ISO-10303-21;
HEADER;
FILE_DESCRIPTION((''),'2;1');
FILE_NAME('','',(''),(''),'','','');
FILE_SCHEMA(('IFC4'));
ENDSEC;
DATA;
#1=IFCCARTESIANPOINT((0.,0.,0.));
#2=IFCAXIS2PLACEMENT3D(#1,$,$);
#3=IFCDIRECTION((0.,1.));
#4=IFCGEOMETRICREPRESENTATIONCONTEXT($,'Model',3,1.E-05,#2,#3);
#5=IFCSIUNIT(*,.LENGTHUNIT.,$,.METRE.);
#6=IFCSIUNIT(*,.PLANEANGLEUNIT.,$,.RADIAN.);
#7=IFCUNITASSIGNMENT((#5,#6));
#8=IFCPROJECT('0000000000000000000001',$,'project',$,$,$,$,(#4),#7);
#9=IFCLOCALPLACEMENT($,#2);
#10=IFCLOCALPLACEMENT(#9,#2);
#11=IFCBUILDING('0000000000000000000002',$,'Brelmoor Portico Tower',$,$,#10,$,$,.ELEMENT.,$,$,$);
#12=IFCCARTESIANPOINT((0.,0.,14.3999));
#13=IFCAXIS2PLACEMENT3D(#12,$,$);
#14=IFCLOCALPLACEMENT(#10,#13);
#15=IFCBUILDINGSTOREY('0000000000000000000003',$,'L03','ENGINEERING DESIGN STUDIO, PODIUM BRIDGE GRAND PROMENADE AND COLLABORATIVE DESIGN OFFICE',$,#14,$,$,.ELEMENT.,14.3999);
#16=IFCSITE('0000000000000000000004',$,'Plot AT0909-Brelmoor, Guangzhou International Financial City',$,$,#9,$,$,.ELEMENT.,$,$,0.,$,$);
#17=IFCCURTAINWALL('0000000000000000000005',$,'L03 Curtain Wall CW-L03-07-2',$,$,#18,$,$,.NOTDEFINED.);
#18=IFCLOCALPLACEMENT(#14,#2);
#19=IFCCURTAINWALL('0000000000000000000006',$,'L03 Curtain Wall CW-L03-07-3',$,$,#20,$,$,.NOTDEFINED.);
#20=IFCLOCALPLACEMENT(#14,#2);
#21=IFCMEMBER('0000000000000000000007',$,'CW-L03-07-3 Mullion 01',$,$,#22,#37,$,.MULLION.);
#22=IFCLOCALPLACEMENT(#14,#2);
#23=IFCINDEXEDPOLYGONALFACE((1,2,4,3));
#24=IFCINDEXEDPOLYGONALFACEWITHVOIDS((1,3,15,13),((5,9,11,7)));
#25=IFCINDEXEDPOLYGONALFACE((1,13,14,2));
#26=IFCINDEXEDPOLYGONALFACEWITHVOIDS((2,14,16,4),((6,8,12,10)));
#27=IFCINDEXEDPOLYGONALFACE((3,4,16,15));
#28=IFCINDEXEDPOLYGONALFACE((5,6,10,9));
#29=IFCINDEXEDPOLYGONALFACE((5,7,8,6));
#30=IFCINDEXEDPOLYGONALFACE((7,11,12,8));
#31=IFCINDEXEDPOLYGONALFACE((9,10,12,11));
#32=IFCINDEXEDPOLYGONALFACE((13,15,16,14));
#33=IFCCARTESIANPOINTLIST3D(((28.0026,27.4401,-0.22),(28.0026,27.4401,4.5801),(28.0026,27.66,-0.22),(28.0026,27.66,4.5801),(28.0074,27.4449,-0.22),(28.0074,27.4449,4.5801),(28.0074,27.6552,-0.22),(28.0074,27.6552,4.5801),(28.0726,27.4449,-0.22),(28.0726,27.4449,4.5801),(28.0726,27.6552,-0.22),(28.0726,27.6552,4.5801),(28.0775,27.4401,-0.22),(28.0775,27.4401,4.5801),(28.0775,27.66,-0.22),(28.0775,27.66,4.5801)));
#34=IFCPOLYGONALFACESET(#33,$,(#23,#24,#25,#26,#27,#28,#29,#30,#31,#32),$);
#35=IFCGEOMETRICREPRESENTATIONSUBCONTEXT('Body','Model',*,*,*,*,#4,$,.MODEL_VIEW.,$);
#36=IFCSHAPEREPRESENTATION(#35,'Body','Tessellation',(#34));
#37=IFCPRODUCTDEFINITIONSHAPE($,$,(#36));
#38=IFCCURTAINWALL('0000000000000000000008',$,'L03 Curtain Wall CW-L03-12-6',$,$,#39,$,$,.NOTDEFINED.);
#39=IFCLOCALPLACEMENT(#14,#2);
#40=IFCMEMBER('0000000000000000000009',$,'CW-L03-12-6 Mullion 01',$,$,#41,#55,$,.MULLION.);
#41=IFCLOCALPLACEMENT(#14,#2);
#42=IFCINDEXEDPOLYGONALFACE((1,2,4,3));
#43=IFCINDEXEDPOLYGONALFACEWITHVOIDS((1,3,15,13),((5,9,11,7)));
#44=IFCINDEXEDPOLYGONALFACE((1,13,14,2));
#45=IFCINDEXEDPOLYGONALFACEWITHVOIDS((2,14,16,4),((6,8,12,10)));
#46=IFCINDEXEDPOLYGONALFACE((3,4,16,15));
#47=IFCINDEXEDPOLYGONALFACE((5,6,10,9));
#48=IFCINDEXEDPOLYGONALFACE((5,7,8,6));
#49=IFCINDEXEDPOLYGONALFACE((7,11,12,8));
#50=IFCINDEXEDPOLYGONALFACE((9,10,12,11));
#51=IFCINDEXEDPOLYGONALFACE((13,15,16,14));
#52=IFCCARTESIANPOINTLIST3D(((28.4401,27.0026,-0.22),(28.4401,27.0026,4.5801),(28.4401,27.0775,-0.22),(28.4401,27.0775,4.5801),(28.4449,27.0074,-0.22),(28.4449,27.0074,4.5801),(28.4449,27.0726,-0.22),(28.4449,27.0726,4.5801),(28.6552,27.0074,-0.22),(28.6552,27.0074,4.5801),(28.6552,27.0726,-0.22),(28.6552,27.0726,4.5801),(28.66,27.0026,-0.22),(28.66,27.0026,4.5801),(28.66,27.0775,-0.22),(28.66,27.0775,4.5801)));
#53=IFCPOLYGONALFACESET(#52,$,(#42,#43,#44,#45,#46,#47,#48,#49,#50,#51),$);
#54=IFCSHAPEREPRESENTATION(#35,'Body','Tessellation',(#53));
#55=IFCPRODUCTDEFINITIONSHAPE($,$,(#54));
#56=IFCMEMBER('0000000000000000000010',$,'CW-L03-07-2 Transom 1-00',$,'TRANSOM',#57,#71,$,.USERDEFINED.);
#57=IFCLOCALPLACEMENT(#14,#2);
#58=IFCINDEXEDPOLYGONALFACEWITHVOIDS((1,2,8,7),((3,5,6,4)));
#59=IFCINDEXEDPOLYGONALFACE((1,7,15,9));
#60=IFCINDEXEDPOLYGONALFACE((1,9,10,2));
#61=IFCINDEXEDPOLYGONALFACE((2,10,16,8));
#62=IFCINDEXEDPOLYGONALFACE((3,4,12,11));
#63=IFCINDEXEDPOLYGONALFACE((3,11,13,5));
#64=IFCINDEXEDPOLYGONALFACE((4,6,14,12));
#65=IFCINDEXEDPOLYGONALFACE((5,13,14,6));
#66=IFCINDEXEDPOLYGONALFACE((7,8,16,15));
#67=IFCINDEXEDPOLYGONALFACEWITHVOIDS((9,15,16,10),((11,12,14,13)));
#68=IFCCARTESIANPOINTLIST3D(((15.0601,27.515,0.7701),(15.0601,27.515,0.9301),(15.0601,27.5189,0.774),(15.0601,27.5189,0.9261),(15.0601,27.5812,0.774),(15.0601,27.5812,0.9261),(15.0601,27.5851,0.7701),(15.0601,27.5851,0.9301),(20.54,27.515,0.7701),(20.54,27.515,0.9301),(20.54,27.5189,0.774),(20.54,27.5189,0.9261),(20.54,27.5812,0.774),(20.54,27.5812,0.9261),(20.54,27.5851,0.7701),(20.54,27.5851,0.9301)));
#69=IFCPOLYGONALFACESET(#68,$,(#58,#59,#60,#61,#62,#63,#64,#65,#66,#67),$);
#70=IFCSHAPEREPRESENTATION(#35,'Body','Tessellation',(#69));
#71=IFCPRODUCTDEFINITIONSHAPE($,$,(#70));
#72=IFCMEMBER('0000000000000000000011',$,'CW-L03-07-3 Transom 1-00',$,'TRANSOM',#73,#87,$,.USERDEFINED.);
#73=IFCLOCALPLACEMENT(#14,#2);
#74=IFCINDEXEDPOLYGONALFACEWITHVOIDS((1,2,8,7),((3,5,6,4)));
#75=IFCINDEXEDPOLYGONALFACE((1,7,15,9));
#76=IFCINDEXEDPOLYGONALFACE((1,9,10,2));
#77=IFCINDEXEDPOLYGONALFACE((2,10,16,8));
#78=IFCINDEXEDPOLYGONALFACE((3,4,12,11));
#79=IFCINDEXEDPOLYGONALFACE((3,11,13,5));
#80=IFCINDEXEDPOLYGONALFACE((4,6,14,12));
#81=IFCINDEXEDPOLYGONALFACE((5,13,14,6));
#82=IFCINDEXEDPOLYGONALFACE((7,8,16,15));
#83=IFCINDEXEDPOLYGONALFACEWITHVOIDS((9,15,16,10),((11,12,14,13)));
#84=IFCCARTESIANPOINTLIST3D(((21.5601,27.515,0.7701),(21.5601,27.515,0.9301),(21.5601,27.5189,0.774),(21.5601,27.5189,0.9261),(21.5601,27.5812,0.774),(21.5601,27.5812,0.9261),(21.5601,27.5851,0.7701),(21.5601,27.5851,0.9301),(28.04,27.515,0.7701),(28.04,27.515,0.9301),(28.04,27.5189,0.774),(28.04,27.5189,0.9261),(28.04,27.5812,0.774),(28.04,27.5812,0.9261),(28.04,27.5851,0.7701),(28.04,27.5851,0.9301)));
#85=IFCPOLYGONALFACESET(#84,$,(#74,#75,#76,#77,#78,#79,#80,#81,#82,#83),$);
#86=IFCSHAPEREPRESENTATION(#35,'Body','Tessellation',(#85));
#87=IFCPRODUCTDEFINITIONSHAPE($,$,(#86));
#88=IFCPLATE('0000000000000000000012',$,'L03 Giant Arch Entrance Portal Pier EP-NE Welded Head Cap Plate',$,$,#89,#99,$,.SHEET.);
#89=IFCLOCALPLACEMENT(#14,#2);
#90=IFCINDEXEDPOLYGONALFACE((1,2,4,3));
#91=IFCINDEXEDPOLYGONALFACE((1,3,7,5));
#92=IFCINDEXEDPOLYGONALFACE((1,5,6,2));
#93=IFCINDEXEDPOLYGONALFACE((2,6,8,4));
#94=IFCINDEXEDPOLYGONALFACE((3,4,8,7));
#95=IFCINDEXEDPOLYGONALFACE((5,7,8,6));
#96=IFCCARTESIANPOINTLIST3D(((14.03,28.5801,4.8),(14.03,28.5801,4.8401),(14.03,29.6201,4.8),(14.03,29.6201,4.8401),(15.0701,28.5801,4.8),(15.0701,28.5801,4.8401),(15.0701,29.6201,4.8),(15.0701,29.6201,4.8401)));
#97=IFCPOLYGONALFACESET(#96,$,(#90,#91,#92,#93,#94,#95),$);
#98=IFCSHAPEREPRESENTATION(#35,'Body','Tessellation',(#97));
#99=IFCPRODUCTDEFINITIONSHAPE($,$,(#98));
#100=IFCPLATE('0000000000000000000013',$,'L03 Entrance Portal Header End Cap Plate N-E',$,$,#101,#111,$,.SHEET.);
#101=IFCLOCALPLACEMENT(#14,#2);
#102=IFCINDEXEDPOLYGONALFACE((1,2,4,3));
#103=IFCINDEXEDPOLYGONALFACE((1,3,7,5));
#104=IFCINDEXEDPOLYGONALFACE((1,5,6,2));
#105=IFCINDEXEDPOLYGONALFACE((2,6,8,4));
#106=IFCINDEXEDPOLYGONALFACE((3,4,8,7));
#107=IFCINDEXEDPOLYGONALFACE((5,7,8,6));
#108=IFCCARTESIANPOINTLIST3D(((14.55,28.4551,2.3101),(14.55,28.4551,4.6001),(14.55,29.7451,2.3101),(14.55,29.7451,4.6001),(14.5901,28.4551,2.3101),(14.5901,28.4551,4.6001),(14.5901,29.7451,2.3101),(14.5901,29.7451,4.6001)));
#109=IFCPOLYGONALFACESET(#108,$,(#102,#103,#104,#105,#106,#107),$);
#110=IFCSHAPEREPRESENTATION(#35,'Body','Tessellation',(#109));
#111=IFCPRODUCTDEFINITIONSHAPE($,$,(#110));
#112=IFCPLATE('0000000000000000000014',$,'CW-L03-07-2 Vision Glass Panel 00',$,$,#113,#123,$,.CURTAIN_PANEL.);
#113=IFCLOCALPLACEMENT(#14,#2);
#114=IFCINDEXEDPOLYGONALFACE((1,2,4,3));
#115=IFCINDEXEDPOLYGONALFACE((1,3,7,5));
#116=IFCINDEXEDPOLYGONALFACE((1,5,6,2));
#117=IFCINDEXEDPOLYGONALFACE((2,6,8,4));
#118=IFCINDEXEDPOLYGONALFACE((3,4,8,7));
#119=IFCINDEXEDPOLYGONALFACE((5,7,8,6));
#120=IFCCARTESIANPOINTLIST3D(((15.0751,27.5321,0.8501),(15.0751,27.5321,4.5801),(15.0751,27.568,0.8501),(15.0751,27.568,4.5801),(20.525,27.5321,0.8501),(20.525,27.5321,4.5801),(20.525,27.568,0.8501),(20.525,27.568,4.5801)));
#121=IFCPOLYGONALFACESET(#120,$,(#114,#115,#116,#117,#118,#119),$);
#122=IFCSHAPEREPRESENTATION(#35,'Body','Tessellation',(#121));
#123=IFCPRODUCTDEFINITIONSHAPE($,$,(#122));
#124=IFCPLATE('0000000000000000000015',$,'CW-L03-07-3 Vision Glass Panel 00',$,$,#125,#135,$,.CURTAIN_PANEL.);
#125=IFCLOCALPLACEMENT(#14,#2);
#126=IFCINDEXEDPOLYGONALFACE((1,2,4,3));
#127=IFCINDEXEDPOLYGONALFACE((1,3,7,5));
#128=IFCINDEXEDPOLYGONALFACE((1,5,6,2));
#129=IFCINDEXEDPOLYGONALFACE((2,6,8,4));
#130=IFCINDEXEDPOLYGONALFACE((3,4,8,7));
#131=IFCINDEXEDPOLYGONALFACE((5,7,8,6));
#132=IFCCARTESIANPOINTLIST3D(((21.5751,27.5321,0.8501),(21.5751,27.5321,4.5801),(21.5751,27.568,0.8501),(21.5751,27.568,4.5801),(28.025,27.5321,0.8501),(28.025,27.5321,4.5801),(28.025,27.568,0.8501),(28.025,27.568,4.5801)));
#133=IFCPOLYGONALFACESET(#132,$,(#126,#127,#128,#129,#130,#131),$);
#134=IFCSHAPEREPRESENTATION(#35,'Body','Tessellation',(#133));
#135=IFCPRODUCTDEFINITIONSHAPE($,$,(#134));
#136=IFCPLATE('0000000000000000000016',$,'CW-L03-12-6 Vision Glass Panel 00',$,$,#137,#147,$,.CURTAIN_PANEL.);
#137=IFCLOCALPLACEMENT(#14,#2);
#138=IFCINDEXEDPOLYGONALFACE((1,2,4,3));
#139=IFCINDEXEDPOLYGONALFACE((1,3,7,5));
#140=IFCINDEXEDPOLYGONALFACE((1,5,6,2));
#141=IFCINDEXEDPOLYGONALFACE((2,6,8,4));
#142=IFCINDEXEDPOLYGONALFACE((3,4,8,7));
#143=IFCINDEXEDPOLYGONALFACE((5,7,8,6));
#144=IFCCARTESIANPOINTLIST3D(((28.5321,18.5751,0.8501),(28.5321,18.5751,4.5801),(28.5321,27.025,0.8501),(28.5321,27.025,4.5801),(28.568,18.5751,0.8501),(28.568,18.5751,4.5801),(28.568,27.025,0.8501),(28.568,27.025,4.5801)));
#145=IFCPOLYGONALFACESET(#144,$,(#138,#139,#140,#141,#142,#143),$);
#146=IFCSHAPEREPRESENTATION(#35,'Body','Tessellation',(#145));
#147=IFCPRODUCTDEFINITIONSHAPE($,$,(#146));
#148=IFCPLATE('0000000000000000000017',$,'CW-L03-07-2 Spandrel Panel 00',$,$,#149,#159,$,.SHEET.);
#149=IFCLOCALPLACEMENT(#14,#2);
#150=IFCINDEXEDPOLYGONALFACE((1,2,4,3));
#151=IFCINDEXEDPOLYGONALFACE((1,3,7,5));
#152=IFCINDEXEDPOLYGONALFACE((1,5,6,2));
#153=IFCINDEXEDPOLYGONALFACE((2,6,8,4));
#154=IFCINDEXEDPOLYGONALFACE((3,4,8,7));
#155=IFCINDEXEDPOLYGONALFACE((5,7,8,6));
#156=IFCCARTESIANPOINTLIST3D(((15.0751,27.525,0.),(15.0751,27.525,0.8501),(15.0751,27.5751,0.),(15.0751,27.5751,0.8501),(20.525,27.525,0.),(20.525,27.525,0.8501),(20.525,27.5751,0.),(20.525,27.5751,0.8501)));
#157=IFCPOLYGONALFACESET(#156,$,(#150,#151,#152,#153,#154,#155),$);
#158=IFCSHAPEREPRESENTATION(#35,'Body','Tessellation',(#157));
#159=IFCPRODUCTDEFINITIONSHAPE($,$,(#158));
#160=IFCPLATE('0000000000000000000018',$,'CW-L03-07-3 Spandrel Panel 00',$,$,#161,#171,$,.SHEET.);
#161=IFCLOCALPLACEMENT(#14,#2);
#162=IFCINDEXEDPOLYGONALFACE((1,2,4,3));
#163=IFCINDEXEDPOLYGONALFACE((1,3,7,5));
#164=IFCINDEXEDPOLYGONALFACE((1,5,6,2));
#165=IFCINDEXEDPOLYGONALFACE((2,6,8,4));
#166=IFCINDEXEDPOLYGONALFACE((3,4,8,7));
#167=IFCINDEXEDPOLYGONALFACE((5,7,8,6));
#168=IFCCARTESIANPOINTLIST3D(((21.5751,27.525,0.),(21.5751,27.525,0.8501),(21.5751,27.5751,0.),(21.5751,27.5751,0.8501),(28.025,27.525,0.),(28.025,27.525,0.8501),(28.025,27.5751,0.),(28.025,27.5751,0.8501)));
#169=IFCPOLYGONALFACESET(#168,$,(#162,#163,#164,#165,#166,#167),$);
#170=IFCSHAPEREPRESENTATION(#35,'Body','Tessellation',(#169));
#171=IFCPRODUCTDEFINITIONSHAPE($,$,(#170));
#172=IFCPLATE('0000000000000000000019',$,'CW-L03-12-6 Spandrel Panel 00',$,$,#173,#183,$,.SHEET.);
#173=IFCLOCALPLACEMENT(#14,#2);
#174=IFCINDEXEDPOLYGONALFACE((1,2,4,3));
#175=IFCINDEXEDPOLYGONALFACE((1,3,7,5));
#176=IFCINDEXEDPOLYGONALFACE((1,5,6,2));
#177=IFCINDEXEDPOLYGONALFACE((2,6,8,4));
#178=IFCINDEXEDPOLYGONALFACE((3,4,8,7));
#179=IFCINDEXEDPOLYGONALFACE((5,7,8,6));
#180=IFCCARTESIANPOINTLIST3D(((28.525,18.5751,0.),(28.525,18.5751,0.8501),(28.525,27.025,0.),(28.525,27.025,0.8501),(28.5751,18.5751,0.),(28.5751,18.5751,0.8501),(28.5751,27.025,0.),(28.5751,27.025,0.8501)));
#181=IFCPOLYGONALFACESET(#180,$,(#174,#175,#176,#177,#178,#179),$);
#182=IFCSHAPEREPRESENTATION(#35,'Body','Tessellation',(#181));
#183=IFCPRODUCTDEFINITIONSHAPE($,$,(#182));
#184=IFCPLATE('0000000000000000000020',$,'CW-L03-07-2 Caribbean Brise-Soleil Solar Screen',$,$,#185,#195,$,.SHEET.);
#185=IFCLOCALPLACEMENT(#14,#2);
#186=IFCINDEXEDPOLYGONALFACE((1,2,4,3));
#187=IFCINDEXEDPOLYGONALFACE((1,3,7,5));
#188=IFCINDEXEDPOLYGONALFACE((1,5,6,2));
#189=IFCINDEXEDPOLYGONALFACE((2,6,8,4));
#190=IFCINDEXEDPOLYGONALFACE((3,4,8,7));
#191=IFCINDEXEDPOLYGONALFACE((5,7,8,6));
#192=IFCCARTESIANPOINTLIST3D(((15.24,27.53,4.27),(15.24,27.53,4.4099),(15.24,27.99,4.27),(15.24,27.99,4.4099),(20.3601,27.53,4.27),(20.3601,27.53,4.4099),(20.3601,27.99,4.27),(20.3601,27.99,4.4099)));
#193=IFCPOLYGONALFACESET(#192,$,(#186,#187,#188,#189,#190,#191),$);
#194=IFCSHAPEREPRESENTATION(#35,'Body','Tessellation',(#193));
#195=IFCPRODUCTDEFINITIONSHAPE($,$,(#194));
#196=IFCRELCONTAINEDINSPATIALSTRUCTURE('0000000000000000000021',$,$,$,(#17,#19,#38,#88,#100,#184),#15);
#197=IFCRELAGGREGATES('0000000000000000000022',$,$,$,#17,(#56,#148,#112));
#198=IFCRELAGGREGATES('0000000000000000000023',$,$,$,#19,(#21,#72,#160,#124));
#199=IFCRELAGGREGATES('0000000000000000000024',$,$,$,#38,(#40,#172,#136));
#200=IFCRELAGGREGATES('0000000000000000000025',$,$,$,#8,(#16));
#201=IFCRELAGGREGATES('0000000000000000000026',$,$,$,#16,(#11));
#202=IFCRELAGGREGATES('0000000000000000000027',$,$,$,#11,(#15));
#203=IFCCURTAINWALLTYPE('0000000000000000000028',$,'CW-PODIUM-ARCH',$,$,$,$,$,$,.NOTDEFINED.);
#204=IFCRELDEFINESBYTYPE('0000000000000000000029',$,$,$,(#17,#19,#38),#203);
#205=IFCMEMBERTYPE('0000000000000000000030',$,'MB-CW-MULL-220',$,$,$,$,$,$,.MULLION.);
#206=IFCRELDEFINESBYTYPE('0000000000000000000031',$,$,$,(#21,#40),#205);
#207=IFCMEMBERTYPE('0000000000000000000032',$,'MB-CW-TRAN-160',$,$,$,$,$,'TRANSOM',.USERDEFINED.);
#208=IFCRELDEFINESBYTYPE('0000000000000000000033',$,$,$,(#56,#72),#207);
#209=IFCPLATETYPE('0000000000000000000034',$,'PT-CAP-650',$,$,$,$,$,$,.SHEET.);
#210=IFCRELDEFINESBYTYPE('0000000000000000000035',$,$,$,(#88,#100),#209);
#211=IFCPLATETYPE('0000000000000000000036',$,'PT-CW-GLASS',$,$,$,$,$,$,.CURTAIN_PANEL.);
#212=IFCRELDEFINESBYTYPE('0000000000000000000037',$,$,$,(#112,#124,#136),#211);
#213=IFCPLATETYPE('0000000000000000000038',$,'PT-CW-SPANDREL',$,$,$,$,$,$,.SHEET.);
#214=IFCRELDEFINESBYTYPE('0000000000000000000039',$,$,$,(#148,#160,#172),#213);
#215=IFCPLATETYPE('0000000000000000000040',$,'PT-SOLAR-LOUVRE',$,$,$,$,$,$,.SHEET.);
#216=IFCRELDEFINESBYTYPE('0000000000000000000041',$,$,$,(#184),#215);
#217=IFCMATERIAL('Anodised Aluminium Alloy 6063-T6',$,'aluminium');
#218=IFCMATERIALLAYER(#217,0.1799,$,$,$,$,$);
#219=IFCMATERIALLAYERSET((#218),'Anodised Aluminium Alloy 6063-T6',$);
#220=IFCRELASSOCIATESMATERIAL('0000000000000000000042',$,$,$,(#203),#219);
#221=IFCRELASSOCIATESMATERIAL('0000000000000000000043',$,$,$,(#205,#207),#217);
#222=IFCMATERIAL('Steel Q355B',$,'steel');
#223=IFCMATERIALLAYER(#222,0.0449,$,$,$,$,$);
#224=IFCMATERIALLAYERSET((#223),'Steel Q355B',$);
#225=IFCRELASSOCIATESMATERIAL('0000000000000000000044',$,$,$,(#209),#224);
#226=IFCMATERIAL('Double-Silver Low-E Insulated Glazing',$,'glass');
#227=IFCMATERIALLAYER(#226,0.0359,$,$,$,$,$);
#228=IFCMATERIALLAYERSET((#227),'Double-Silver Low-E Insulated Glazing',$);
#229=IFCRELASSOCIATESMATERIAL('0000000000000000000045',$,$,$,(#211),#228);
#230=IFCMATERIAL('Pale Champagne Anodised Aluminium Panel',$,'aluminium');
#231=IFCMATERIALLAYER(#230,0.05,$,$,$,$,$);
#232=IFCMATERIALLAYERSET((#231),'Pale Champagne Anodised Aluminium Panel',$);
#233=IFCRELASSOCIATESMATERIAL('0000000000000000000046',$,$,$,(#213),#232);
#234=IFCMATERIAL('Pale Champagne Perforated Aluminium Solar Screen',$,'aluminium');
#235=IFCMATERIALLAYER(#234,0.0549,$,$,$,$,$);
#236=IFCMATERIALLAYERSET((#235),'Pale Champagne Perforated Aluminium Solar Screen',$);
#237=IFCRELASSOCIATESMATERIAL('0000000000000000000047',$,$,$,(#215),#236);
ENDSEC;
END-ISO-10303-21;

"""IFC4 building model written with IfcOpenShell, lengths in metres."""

from ifc_helpers import new_model, si_unit, direction, frame, origin, origin_2d, place, context, subcontext, project, spatial, rectangle, hollow_rectangle, extrude, material, layer, layer_set, material_profile, profile_set, type_object, element, aggregate, save


model = new_model("IFC4")

# Units and contexts
model_context = context("Model", 3, precision=1e-05, world=origin(), true_north=direction((0.0, 1.0)))
body_context = subcontext(model_context, "Body", "Model", "MODEL_VIEW")
ifc_project = project(units=[si_unit("LENGTHUNIT", "METRE"), si_unit("PLANEANGLEUNIT", "RADIAN")], contexts=[model_context])

# Site, building, storey
site_placement = place(None, origin())
site = spatial("IfcSite", under=ifc_project, at=site_placement, Name="Plot AT0909-Brelmoor, Guangzhou International Financial City", CompositionType="ELEMENT", RefElevation=0.0)
building_placement = place(site_placement, origin())
building = spatial("IfcBuilding", under=site, at=building_placement, Name="Brelmoor Portico Tower", CompositionType="ELEMENT")
storey_placement = place(building_placement, frame((0.0, 0.0, 14.3999)))
storey = spatial("IfcBuildingStorey", under=building, at=storey_placement, Name="L03", Description="ENGINEERING DESIGN STUDIO, PODIUM BRIDGE GRAND PROMENADE AND COLLABORATIVE DESIGN OFFICE", CompositionType="ELEMENT", Elevation=14.3999)

# Shared definitions
ifc_material_1 = material(Name="Steel Q355B", Category="steel")

# Curtain walls, member
ifc_material_2 = material(Name="Anodised Aluminium Alloy 6063-T6", Category="aluminium")
ifc_layer_1 = layer(ifc_material_2, 0.1799)
ifc_layer_set_1 = layer_set([ifc_layer_1], Name="Anodised Aluminium Alloy 6063-T6")
curtain_wall_type = type_object("IfcCurtainWallType", Name="CW-PODIUM-ARCH", PredefinedType="NOTDEFINED", material=ifc_layer_set_1)
curtain_wall_1_placement = place(storey_placement, origin())
curtain_wall_1 = element("IfcCurtainWall", 1, at=curtain_wall_1_placement, inside=storey, type_object=curtain_wall_type, Name="L03 Curtain Wall CW-L03-07-2", PredefinedType="NOTDEFINED")
ifc_material_profile_1 = material_profile(ifc_material_2, hollow_rectangle(XDim=0.075, YDim=0.22, WallThickness=0.0049, at=origin_2d()), Name="ALU MULLION 75x220")
ifc_profile_set_1 = profile_set([ifc_material_profile_1], Name="Anodised Aluminium Alloy 6063-T6")
member_type_1 = type_object("IfcMemberType", Name="MB-CW-MULL-220", PredefinedType="MULLION", material=ifc_profile_set_1)
curtain_wall_2_placement = place(storey_placement, origin())
curtain_wall_2 = element("IfcCurtainWall", 2, at=curtain_wall_2_placement, inside=storey, type_object=curtain_wall_type, Name="L03 Curtain Wall CW-L03-07-3", PredefinedType="NOTDEFINED")
member_1_placement = place(storey_placement, frame((28.04, 27.55, -0.22), z_axis=(0.0, 0.0, 1.0), x_axis=(1.0, 0.0, 0.0)))
member_1 = element("IfcMember", 3, at=member_1_placement, type_object=member_type_1, Name="CW-L03-07-3 Mullion 01", PredefinedType="MULLION", context=body_context, shape_type="SweptSolid", body=[
    extrude(hollow_rectangle(XDim=0.075, YDim=0.22, WallThickness=0.0049, at=origin_2d()), origin(), (0.0, 0.0, 1.0), 4.8),
])

# Curtain wall, member
curtain_wall_3_placement = place(storey_placement, origin())
curtain_wall_3 = element("IfcCurtainWall", 4, at=curtain_wall_3_placement, inside=storey, type_object=curtain_wall_type, Name="L03 Curtain Wall CW-L03-12-6", PredefinedType="NOTDEFINED")
member_2_placement = place(storey_placement, frame((28.55, 27.04, -0.22), z_axis=(0.0, 0.0, 1.0), x_axis=(0.0, 1.0, 0.0)))
member_2 = element("IfcMember", 5, at=member_2_placement, type_object=member_type_1, Name="CW-L03-12-6 Mullion 01", PredefinedType="MULLION", context=body_context, shape_type="SweptSolid", body=[
    extrude(hollow_rectangle(XDim=0.075, YDim=0.22, WallThickness=0.0049, at=origin_2d()), origin(), (0.0, 0.0, 1.0), 4.8),
])

# Members
ifc_material_profile_2 = material_profile(ifc_material_2, hollow_rectangle(XDim=0.0701, YDim=0.1599, WallThickness=0.0039, at=origin_2d()), Name="ALU TRANSOM 70x160")
ifc_profile_set_2 = profile_set([ifc_material_profile_2], Name="Anodised Aluminium Alloy 6063-T6")
member_type_2 = type_object("IfcMemberType", Name="MB-CW-TRAN-160", ElementType="TRANSOM", PredefinedType="USERDEFINED", material=ifc_profile_set_2)
member_3_placement = place(storey_placement, frame((15.0601, 27.55, 0.8501), z_axis=(1.0, 0.0, 0.0), x_axis=(0.0, 1.0, 0.0)))
member_3 = element("IfcMember", 6, at=member_3_placement, type_object=member_type_2, Name="CW-L03-07-2 Transom 1-00", ObjectType="TRANSOM", PredefinedType="USERDEFINED", context=body_context, shape_type="SweptSolid", body=[
    extrude(hollow_rectangle(XDim=0.0701, YDim=0.1599, WallThickness=0.0039, at=origin_2d()), origin(), (0.0, 0.0, 1.0), 5.48),
])
member_4_placement = place(storey_placement, frame((21.5601, 27.55, 0.8501), z_axis=(1.0, 0.0, 0.0), x_axis=(0.0, 1.0, 0.0)))
member_4 = element("IfcMember", 7, at=member_4_placement, type_object=member_type_2, Name="CW-L03-07-3 Transom 1-00", ObjectType="TRANSOM", PredefinedType="USERDEFINED", context=body_context, shape_type="SweptSolid", body=[
    extrude(hollow_rectangle(XDim=0.0701, YDim=0.1599, WallThickness=0.0039, at=origin_2d()), origin(), (0.0, 0.0, 1.0), 6.48),
])

# Plates
ifc_layer_2 = layer(ifc_material_1, 0.0449)
ifc_layer_set_2 = layer_set([ifc_layer_2], Name="Steel Q355B")
plate_type_1 = type_object("IfcPlateType", Name="PT-CAP-650", PredefinedType="SHEET", material=ifc_layer_set_2)
plate_1_placement = place(storey_placement, frame((14.55, 29.1001, 4.8), z_axis=(0.0, 0.0, 1.0), x_axis=(1.0, 0.0, 0.0)))
element("IfcPlate", 8, at=plate_1_placement, inside=storey, type_object=plate_type_1, Name="L03 Giant Arch Entrance Portal Pier EP-NE Welded Head Cap Plate", PredefinedType="SHEET", context=body_context, shape_type="SweptSolid", body=[
    extrude(rectangle(XDim=1.04, YDim=1.04, at=origin_2d()), origin(), (0.0, 0.0, 1.0), 0.04),
])
plate_2_placement = place(storey_placement, frame((14.5701, 29.1001, 2.3101), z_axis=(0.0, 0.0, 1.0), x_axis=(1.0, 0.0, 0.0)))
element("IfcPlate", 9, at=plate_2_placement, inside=storey, type_object=plate_type_1, Name="L03 Entrance Portal Header End Cap Plate N-E", PredefinedType="SHEET", context=body_context, shape_type="SweptSolid", body=[
    extrude(rectangle(XDim=0.04, YDim=1.29, at=origin_2d()), origin(), (0.0, 0.0, 1.0), 2.29),
])

# Plates
ifc_material_3 = material(Name="Double-Silver Low-E Insulated Glazing", Category="glass")
ifc_layer_3 = layer(ifc_material_3, 0.0359)
ifc_layer_set_3 = layer_set([ifc_layer_3], Name="Double-Silver Low-E Insulated Glazing")
plate_type_2 = type_object("IfcPlateType", Name="PT-CW-GLASS", PredefinedType="CURTAIN_PANEL", material=ifc_layer_set_3)
plate_3_placement = place(storey_placement, frame((17.8, 27.55, 0.8501), z_axis=(0.0, 0.0, 1.0), x_axis=(1.0, 0.0, 0.0)))
plate_3 = element("IfcPlate", 10, at=plate_3_placement, type_object=plate_type_2, Name="CW-L03-07-2 Vision Glass Panel 00", PredefinedType="CURTAIN_PANEL", context=body_context, shape_type="SweptSolid", body=[
    extrude(rectangle(XDim=5.45, YDim=0.0359, at=origin_2d()), origin(), (0.0, 0.0, 1.0), 3.73),
])
plate_4_placement = place(storey_placement, frame((24.8, 27.55, 0.8501), z_axis=(0.0, 0.0, 1.0), x_axis=(1.0, 0.0, 0.0)))
plate_4 = element("IfcPlate", 11, at=plate_4_placement, type_object=plate_type_2, Name="CW-L03-07-3 Vision Glass Panel 00", PredefinedType="CURTAIN_PANEL", context=body_context, shape_type="SweptSolid", body=[
    extrude(rectangle(XDim=6.45, YDim=0.0359, at=origin_2d()), origin(), (0.0, 0.0, 1.0), 3.73),
])
plate_5_placement = place(storey_placement, frame((28.55, 22.8, 0.8501), z_axis=(0.0, 0.0, 1.0), x_axis=(0.0, 1.0, 0.0)))
plate_5 = element("IfcPlate", 12, at=plate_5_placement, type_object=plate_type_2, Name="CW-L03-12-6 Vision Glass Panel 00", PredefinedType="CURTAIN_PANEL", context=body_context, shape_type="SweptSolid", body=[
    extrude(rectangle(XDim=8.45, YDim=0.0359, at=origin_2d()), origin(), (0.0, 0.0, 1.0), 3.73),
])
ifc_material_4 = material(Name="Pale Champagne Anodised Aluminium Panel", Category="aluminium")
ifc_layer_4 = layer(ifc_material_4, 0.05)
ifc_layer_set_4 = layer_set([ifc_layer_4], Name="Pale Champagne Anodised Aluminium Panel")
plate_type_3 = type_object("IfcPlateType", Name="PT-CW-SPANDREL", PredefinedType="SHEET", material=ifc_layer_set_4)
plate_6_placement = place(storey_placement, frame((17.8, 27.55, 0.0), z_axis=(0.0, 0.0, 1.0), x_axis=(1.0, 0.0, 0.0)))
plate_6 = element("IfcPlate", 13, at=plate_6_placement, type_object=plate_type_3, Name="CW-L03-07-2 Spandrel Panel 00", PredefinedType="SHEET", context=body_context, shape_type="SweptSolid", body=[
    extrude(rectangle(XDim=5.45, YDim=0.05, at=origin_2d()), origin(), (0.0, 0.0, 1.0), 0.8501),
])
aggregate(curtain_wall_1, [member_3, plate_6, plate_3])
plate_7_placement = place(storey_placement, frame((24.8, 27.55, 0.0), z_axis=(0.0, 0.0, 1.0), x_axis=(1.0, 0.0, 0.0)))
plate_7 = element("IfcPlate", 14, at=plate_7_placement, type_object=plate_type_3, Name="CW-L03-07-3 Spandrel Panel 00", PredefinedType="SHEET", context=body_context, shape_type="SweptSolid", body=[
    extrude(rectangle(XDim=6.45, YDim=0.05, at=origin_2d()), origin(), (0.0, 0.0, 1.0), 0.8501),
])
aggregate(curtain_wall_2, [member_1, member_4, plate_7, plate_4])
plate_8_placement = place(storey_placement, frame((28.55, 22.8, 0.0), z_axis=(0.0, 0.0, 1.0), x_axis=(0.0, 1.0, 0.0)))
plate_8 = element("IfcPlate", 15, at=plate_8_placement, type_object=plate_type_3, Name="CW-L03-12-6 Spandrel Panel 00", PredefinedType="SHEET", context=body_context, shape_type="SweptSolid", body=[
    extrude(rectangle(XDim=8.45, YDim=0.05, at=origin_2d()), origin(), (0.0, 0.0, 1.0), 0.8501),
])
aggregate(curtain_wall_3, [member_2, plate_8, plate_5])

# Plate
ifc_material_5 = material(Name="Pale Champagne Perforated Aluminium Solar Screen", Category="aluminium")
ifc_layer_5 = layer(ifc_material_5, 0.0549)
ifc_layer_set_5 = layer_set([ifc_layer_5], Name="Pale Champagne Perforated Aluminium Solar Screen")
plate_type_4 = type_object("IfcPlateType", Name="PT-SOLAR-LOUVRE", PredefinedType="SHEET", material=ifc_layer_set_5)
plate_9_placement = place(storey_placement, frame((17.8, 27.76, 4.27), z_axis=(0.0, 0.0, 1.0), x_axis=(1.0, 0.0, 0.0)))
element("IfcPlate", 16, at=plate_9_placement, inside=storey, type_object=plate_type_4, Name="CW-L03-07-2 Caribbean Brise-Soleil Solar Screen", PredefinedType="SHEET", context=body_context, shape_type="SweptSolid", body=[
    extrude(rectangle(XDim=5.1201, YDim=0.46, at=origin_2d()), origin(), (0.0, 0.0, 1.0), 0.1399),
])

save(model, "model.ifc")
